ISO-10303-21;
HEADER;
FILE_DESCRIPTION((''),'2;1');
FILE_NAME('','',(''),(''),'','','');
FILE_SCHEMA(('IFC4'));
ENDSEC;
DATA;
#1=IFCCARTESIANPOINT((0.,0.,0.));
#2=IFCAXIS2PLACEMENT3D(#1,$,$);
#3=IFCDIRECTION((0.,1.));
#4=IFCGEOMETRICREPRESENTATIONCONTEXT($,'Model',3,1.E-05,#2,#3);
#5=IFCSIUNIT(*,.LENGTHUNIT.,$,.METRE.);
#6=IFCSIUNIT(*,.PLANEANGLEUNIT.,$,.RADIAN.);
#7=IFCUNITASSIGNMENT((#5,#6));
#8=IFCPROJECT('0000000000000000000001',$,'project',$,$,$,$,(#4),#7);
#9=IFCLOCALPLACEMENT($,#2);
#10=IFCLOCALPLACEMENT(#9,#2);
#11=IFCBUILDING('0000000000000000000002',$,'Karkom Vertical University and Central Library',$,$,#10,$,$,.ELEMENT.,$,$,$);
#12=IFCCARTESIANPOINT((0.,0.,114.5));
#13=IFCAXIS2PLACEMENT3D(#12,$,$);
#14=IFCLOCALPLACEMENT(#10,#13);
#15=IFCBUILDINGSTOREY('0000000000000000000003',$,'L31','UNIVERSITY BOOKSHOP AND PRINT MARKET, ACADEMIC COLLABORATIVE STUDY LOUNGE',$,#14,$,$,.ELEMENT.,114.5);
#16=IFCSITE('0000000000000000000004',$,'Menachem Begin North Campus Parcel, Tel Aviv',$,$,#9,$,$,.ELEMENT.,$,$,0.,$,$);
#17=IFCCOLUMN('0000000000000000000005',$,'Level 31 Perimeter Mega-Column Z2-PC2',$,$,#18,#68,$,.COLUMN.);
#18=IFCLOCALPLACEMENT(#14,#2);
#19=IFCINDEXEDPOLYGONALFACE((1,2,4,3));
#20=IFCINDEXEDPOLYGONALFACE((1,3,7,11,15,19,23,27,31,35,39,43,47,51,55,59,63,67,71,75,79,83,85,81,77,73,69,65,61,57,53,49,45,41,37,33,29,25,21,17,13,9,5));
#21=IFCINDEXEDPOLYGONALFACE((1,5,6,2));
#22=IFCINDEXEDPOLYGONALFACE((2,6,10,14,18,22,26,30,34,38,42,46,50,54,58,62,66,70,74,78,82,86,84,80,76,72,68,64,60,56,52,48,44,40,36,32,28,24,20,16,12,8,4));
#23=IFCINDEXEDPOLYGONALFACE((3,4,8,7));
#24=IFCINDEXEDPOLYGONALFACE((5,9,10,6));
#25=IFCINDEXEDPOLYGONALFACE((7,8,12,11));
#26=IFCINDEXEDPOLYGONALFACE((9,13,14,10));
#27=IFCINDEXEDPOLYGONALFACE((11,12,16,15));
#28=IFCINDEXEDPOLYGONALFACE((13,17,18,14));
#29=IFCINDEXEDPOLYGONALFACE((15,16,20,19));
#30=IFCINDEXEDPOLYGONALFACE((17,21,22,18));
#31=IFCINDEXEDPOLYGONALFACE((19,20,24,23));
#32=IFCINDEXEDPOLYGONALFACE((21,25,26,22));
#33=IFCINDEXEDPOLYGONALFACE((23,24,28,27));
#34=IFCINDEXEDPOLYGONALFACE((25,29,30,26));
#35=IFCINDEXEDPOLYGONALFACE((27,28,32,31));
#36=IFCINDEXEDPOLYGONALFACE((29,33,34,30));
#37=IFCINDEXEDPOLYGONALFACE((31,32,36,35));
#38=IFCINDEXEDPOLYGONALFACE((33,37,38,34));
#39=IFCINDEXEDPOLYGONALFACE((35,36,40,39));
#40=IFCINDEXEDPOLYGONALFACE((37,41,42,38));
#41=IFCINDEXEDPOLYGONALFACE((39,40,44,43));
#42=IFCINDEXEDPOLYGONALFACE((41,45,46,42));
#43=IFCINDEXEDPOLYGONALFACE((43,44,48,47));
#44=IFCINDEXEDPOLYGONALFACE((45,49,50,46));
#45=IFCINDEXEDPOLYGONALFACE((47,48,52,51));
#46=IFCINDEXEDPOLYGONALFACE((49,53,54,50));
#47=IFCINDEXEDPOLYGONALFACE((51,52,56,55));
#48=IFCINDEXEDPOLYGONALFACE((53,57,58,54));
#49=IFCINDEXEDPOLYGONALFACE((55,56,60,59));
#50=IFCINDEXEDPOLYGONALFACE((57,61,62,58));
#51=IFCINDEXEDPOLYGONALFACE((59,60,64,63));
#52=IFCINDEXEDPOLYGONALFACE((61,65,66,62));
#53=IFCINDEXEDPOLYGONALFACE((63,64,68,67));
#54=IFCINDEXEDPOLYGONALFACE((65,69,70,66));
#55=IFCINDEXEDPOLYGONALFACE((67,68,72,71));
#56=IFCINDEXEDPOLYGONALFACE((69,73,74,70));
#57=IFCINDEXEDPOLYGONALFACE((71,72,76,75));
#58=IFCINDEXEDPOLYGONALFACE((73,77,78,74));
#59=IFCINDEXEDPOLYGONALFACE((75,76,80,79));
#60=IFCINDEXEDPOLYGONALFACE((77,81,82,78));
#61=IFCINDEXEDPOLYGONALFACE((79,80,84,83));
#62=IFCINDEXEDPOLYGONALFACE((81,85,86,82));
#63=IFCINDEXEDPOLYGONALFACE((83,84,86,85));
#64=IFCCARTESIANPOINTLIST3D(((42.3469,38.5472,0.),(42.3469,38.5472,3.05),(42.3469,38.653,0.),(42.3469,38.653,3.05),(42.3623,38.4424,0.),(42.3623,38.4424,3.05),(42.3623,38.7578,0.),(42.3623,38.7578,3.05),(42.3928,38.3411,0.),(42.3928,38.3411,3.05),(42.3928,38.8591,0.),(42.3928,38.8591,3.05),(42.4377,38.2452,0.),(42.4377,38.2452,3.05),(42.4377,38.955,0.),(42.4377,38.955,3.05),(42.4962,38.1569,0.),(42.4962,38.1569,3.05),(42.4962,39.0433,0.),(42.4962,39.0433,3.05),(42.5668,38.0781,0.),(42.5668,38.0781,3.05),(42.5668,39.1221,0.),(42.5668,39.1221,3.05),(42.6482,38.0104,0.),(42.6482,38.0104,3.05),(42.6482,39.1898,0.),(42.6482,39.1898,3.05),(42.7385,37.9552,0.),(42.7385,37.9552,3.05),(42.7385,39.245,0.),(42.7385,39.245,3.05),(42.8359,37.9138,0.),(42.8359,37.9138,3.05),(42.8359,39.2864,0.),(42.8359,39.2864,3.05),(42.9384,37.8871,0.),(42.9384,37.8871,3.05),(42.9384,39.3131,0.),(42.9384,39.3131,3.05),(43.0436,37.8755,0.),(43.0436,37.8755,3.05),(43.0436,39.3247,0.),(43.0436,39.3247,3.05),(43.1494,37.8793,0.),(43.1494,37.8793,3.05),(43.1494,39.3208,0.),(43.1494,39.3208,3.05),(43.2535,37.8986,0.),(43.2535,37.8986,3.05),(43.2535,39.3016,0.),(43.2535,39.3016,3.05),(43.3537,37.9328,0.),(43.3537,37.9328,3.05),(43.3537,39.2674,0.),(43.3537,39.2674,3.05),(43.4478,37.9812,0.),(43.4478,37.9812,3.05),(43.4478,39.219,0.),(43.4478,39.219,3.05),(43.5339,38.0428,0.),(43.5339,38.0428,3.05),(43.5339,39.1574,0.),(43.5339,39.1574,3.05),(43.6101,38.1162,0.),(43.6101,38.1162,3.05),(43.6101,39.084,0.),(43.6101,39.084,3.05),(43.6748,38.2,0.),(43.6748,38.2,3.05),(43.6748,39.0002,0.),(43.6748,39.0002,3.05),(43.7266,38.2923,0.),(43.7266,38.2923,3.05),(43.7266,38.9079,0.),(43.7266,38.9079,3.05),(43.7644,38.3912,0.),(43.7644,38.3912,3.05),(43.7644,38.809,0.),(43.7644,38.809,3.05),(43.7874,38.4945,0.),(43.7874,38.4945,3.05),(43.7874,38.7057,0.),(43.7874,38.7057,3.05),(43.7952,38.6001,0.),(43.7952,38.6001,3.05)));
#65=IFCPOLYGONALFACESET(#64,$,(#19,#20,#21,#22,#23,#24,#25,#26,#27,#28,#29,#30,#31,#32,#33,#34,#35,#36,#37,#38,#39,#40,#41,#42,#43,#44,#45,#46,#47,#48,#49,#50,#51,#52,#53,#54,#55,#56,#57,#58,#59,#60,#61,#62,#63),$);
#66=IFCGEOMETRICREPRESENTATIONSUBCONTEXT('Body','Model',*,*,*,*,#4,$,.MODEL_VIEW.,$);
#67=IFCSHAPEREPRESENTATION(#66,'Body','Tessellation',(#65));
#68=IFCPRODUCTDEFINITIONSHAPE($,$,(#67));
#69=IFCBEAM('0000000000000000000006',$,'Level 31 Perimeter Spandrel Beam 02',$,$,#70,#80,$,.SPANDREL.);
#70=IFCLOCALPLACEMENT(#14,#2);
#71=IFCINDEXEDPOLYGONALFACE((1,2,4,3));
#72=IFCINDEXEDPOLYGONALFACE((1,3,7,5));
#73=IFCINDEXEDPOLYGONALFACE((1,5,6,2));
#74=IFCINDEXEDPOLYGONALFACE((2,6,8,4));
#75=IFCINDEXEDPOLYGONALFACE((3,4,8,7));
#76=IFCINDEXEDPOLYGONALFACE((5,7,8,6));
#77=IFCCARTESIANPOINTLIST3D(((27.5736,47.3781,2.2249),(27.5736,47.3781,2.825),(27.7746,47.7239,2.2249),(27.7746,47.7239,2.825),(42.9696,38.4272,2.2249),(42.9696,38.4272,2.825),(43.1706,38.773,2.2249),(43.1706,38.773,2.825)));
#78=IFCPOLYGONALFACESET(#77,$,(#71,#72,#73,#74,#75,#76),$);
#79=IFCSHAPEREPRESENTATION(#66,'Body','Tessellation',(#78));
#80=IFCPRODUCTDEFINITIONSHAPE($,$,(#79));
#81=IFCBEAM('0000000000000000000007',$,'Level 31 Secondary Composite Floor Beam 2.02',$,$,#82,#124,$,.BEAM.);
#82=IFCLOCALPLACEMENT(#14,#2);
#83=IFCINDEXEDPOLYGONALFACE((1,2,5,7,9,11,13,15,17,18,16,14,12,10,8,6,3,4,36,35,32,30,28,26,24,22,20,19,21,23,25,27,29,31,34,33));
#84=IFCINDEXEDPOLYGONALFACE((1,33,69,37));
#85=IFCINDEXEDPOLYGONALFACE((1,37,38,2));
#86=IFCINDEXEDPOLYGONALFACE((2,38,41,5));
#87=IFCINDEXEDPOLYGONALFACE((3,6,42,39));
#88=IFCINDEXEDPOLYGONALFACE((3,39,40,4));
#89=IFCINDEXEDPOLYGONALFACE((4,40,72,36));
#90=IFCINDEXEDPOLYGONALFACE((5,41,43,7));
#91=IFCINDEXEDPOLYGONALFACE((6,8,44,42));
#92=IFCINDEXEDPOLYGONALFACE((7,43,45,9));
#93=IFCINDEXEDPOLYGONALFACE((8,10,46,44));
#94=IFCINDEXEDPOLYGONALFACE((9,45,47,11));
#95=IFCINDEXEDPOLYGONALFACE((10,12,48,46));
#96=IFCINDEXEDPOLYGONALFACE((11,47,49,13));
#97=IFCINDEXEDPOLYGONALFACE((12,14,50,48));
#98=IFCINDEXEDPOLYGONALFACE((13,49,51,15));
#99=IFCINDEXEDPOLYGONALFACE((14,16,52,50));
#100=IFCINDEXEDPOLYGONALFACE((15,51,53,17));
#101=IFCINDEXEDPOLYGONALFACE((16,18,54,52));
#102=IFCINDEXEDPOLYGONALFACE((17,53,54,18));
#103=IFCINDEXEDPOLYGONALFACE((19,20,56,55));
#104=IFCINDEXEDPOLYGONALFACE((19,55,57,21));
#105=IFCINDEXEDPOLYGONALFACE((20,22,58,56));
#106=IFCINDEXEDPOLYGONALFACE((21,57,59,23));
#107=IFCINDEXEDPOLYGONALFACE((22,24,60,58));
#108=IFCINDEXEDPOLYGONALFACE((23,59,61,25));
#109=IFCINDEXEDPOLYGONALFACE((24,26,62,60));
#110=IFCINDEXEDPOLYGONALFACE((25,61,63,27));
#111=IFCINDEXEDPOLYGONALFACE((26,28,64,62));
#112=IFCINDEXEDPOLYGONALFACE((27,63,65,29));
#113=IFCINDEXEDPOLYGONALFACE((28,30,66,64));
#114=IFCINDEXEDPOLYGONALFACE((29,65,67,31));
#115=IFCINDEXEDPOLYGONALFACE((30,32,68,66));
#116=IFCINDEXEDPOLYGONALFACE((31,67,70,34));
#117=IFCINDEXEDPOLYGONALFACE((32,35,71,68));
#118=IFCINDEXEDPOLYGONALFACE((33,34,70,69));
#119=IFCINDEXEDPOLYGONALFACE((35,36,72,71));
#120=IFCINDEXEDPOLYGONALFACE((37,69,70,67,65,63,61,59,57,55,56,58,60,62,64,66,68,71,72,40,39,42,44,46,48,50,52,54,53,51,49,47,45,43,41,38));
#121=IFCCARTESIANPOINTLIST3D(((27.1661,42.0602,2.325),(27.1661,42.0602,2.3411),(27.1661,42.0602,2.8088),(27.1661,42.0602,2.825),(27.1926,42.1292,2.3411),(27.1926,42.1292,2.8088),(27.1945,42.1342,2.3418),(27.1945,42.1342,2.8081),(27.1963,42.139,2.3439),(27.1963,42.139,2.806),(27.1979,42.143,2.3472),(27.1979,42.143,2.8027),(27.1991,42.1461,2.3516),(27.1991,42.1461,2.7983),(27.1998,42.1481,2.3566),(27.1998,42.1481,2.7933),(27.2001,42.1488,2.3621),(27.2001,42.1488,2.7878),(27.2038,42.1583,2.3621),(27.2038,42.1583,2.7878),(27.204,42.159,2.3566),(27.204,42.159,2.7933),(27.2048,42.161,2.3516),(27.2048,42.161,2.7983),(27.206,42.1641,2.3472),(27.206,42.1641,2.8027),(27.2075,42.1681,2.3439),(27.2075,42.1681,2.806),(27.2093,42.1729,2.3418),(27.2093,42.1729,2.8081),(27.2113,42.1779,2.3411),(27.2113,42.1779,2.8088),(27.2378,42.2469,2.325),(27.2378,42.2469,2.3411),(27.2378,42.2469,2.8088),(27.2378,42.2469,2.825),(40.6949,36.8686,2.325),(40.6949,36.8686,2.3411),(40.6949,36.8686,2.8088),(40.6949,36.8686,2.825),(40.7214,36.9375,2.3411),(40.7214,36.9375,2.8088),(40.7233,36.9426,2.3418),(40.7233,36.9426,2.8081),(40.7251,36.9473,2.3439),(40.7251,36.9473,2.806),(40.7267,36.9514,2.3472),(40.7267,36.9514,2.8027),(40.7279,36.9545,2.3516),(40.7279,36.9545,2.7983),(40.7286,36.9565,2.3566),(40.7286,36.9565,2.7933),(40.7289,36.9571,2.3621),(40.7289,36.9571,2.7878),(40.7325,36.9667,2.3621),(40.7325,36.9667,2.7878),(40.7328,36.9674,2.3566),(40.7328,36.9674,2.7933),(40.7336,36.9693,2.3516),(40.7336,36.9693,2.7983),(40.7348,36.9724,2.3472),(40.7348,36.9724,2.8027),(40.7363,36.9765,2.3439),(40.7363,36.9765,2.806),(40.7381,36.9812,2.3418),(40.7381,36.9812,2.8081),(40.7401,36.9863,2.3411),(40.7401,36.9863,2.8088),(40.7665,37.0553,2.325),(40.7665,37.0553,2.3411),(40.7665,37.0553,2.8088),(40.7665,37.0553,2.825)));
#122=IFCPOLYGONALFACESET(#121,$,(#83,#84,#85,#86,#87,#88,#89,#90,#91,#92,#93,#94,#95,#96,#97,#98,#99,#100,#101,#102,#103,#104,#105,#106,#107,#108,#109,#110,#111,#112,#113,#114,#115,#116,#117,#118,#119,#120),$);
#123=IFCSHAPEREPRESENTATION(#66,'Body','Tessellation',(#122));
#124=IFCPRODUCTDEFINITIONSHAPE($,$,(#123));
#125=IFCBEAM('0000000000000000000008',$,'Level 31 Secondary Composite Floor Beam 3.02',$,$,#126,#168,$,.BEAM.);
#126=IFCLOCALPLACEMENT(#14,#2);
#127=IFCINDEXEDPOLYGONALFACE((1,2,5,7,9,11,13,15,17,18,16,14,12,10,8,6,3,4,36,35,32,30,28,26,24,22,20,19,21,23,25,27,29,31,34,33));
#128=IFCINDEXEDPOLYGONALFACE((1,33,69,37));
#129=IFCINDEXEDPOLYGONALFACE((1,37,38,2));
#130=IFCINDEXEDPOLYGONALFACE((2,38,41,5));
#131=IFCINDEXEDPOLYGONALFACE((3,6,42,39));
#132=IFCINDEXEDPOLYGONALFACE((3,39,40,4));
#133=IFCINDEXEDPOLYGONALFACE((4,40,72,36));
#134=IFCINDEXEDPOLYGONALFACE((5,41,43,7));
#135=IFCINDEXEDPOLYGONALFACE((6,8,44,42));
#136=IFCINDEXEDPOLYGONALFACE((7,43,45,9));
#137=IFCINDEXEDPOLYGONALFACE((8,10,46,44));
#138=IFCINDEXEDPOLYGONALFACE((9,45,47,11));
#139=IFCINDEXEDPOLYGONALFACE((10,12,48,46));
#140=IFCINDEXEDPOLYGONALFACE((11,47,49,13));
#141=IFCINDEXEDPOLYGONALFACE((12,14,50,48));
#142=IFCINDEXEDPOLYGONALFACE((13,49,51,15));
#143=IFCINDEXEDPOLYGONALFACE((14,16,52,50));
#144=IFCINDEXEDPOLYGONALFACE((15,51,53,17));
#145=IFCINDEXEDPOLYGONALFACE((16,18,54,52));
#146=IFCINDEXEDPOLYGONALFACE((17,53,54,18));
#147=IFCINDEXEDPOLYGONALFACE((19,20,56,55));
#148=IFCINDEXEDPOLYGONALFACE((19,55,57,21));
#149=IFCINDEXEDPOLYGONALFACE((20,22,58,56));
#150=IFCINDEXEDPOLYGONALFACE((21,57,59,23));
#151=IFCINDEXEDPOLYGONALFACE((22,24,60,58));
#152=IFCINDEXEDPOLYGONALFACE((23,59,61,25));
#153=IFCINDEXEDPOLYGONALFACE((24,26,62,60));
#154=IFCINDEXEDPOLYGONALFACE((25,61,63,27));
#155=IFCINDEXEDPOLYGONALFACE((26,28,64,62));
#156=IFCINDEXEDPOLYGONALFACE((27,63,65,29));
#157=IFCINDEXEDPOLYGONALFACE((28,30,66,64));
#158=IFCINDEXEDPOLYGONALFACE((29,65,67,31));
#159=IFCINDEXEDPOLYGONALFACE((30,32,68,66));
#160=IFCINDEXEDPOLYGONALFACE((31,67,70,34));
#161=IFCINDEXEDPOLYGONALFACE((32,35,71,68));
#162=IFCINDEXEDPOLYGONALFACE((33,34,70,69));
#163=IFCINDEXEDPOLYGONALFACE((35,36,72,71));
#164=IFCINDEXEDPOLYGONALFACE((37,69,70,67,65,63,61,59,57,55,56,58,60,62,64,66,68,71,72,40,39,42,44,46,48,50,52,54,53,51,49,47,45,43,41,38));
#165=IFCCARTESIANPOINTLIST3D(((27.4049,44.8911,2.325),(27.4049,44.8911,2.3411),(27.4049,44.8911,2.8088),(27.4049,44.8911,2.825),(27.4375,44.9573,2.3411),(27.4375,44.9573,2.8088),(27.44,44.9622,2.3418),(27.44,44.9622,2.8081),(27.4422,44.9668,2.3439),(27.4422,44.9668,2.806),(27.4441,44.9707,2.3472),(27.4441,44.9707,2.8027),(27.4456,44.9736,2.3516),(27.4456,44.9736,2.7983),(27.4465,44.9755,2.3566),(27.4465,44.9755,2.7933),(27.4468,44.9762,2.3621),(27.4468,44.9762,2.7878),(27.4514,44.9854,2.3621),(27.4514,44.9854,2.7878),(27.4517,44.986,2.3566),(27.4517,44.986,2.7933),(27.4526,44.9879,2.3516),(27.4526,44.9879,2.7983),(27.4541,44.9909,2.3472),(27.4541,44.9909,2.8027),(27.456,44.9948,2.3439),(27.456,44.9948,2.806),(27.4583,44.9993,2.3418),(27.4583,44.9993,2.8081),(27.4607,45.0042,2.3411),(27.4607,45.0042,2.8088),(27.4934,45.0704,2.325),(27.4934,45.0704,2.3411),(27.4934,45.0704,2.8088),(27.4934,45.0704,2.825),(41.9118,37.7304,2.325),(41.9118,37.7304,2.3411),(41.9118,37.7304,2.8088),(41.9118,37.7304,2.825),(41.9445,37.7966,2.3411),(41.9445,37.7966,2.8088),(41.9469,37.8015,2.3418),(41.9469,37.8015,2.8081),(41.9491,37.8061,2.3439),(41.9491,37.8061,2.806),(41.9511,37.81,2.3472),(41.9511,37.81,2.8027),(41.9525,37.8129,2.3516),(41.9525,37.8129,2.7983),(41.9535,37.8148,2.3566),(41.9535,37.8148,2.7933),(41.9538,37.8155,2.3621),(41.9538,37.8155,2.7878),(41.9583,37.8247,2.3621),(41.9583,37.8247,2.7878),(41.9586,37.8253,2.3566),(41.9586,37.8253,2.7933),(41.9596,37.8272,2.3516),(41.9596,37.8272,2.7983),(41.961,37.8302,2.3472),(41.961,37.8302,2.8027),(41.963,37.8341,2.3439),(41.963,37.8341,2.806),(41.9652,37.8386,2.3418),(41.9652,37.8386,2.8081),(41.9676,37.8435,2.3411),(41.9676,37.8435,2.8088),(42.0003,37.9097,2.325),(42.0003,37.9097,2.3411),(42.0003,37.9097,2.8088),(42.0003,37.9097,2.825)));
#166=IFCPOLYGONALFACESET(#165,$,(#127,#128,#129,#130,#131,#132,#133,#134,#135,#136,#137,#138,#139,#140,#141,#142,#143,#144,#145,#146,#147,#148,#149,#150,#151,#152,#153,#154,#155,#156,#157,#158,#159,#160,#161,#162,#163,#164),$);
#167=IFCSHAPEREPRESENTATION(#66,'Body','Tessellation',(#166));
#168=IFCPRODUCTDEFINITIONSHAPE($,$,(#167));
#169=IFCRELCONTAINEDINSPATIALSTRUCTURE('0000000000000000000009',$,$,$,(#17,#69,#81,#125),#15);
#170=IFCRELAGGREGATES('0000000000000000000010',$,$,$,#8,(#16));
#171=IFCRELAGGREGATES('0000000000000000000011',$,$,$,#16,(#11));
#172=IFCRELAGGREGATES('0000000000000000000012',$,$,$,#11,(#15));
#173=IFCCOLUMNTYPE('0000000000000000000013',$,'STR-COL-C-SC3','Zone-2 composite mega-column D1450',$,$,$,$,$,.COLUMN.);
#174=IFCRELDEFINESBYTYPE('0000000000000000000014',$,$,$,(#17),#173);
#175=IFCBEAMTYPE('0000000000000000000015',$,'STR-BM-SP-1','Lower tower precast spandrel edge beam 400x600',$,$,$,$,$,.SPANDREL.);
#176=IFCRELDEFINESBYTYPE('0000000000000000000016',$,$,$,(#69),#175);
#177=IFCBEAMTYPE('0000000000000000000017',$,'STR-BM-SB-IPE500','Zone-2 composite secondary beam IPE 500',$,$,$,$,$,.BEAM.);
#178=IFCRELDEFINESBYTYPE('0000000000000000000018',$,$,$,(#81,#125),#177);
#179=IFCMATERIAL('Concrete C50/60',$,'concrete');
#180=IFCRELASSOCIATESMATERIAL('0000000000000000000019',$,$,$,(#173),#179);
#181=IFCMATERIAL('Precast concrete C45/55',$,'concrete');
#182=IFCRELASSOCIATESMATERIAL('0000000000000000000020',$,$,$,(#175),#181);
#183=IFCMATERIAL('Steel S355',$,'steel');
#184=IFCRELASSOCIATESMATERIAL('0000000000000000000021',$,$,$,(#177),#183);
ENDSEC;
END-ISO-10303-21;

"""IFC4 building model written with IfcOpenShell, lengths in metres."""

from ifc_helpers import new_model, si_unit, direction, frame, origin, origin_with_axes, origin_2d, place, context, subcontext, project, spatial, rectangle, circle, i_section, extrude, source, transform, mapped, material, material_profile, profile_set, type_object, element, save


model = new_model("IFC4")

# Units and contexts
model_context = context("Model", 3, precision=1e-05, world=origin(), true_north=direction((0.0, 1.0)))
body_context = subcontext(model_context, "Body", "Model", "MODEL_VIEW")
ifc_project = project(units=[si_unit("LENGTHUNIT", "METRE"), si_unit("PLANEANGLEUNIT", "RADIAN")], contexts=[model_context])

# Site, building, storey
site_placement = place(None, origin())
site = spatial("IfcSite", under=ifc_project, at=site_placement, Name="Menachem Begin North Campus Parcel, Tel Aviv", CompositionType="ELEMENT", RefElevation=0.0)
building_placement = place(site_placement, origin())
building = spatial("IfcBuilding", under=site, at=building_placement, Name="Karkom Vertical University and Central Library", CompositionType="ELEMENT")
storey_placement = place(building_placement, frame((0.0, 0.0, 114.5)))
storey = spatial("IfcBuildingStorey", under=building, at=storey_placement, Name="L31", Description="UNIVERSITY BOOKSHOP AND PRINT MARKET, ACADEMIC COLLABORATIVE STUDY LOUNGE", CompositionType="ELEMENT", Elevation=114.5)

# Column
ifc_material_1 = material(Name="Concrete C50/60", Category="concrete")
ifc_material_profile_1 = material_profile(ifc_material_1, circle(Radius=0.7251, at=origin_2d()), Name="CFT-D1450")
ifc_profile_set_1 = profile_set([ifc_material_profile_1], Name="Concrete C50/60")
column_type = type_object("IfcColumnType", Name="STR-COL-C-SC3", Description="Zone-2 composite mega-column D1450", PredefinedType="COLUMN", material=ifc_profile_set_1)
shared_shape_1 = source(origin_with_axes(), body_context, "Body", "SweptSolid", [
    extrude(circle(Radius=0.7251, at=origin_2d()), origin(), (0.0, 0.0, 1.0), 3.05),
])
column_placement = place(storey_placement, frame((43.0701, 38.6001, 0.0), z_axis=(0.0, 0.0, 1.0), x_axis=(1.0, 0.0, 0.0)))
element("IfcColumn", 1, at=column_placement, inside=storey, type_object=column_type, Name="Level 31 Perimeter Mega-Column Z2-PC2", PredefinedType="COLUMN", context=body_context, shape_type="MappedRepresentation", body=[
    mapped(shared_shape_1, transform((0.0, 0.0, 0.0), scale=1.0)),
])

# Beams
ifc_material_2 = material(Name="Precast concrete C45/55", Category="concrete")
ifc_material_profile_2 = material_profile(ifc_material_2, rectangle(XDim=0.3999, YDim=0.6001, at=origin_2d()), Name="SPB-400x600")
ifc_profile_set_2 = profile_set([ifc_material_profile_2], Name="Precast concrete C45/55")
beam_type_1 = type_object("IfcBeamType", Name="STR-BM-SP-1", Description="Lower tower precast spandrel edge beam 400x600", PredefinedType="SPANDREL", material=ifc_profile_set_2)
shared_shape_2 = source(origin_with_axes(), body_context, "Body", "SweptSolid", [
    extrude(rectangle(XDim=0.3999, YDim=0.6001, at=origin_2d()), origin(), (0.0, 0.0, 1.0), 17.8088),
])
beam_1_placement = place(storey_placement, frame((43.0701, 38.6001, 2.5249), z_axis=(-0.864513, 0.502611, 0.0), x_axis=(-0.502611, -0.864513, 0.0)))
element("IfcBeam", 2, at=beam_1_placement, inside=storey, type_object=beam_type_1, Name="Level 31 Perimeter Spandrel Beam 02", PredefinedType="SPANDREL", context=body_context, shape_type="MappedRepresentation", body=[
    mapped(shared_shape_2, transform((0.0, 0.0, 0.0), scale=1.0)),
])
ifc_material_3 = material(Name="Steel S355", Category="steel")
ifc_material_profile_3 = material_profile(ifc_material_3, i_section(OverallWidth=0.2, OverallDepth=0.5, WebThickness=0.0103, FlangeThickness=0.0161, FilletRadius=0.021, at=origin_2d()), Name="IPE 500")
ifc_profile_set_3 = profile_set([ifc_material_profile_3], Name="Steel S355")
beam_type_2 = type_object("IfcBeamType", Name="STR-BM-SB-IPE500", Description="Zone-2 composite secondary beam IPE 500", PredefinedType="BEAM", material=ifc_profile_set_3)
shared_shape_3 = source(origin_with_axes(), body_context, "Body", "SweptSolid", [
    extrude(i_section(OverallWidth=0.2, OverallDepth=0.5, WebThickness=0.0103, FlangeThickness=0.0161, FilletRadius=0.021, at=origin_2d()), origin(), (0.0, 0.0, 1.0), 14.4907),
])
beam_2_placement = place(storey_placement, frame((40.7307, 36.9619, 2.575), z_axis=(-0.933617, 0.358273, 0.0), x_axis=(-0.358273, -0.933617, 0.0)))
element("IfcBeam", 3, at=beam_2_placement, inside=storey, type_object=beam_type_2, Name="Level 31 Secondary Composite Floor Beam 2.02", PredefinedType="BEAM", context=body_context, shape_type="MappedRepresentation", body=[
    mapped(shared_shape_3, transform((0.0, 0.0, 0.0), scale=1.0)),
])
shared_shape_4 = source(origin_with_axes(), body_context, "Body", "SweptSolid", [
    extrude(i_section(OverallWidth=0.2, OverallDepth=0.5, WebThickness=0.0103, FlangeThickness=0.0161, FilletRadius=0.021, at=origin_2d()), origin(), (0.0, 0.0, 1.0), 16.178),
])
beam_3_placement = place(storey_placement, frame((41.9561, 37.8201, 2.575), z_axis=(-0.896709, 0.44262, 0.0), x_axis=(-0.44262, -0.896709, 0.0)))
element("IfcBeam", 4, at=beam_3_placement, inside=storey, type_object=beam_type_2, Name="Level 31 Secondary Composite Floor Beam 3.02", PredefinedType="BEAM", context=body_context, shape_type="MappedRepresentation", body=[
    mapped(shared_shape_4, transform((0.0, 0.0, 0.0), scale=1.0)),
])

save(model, "model.ifc")
